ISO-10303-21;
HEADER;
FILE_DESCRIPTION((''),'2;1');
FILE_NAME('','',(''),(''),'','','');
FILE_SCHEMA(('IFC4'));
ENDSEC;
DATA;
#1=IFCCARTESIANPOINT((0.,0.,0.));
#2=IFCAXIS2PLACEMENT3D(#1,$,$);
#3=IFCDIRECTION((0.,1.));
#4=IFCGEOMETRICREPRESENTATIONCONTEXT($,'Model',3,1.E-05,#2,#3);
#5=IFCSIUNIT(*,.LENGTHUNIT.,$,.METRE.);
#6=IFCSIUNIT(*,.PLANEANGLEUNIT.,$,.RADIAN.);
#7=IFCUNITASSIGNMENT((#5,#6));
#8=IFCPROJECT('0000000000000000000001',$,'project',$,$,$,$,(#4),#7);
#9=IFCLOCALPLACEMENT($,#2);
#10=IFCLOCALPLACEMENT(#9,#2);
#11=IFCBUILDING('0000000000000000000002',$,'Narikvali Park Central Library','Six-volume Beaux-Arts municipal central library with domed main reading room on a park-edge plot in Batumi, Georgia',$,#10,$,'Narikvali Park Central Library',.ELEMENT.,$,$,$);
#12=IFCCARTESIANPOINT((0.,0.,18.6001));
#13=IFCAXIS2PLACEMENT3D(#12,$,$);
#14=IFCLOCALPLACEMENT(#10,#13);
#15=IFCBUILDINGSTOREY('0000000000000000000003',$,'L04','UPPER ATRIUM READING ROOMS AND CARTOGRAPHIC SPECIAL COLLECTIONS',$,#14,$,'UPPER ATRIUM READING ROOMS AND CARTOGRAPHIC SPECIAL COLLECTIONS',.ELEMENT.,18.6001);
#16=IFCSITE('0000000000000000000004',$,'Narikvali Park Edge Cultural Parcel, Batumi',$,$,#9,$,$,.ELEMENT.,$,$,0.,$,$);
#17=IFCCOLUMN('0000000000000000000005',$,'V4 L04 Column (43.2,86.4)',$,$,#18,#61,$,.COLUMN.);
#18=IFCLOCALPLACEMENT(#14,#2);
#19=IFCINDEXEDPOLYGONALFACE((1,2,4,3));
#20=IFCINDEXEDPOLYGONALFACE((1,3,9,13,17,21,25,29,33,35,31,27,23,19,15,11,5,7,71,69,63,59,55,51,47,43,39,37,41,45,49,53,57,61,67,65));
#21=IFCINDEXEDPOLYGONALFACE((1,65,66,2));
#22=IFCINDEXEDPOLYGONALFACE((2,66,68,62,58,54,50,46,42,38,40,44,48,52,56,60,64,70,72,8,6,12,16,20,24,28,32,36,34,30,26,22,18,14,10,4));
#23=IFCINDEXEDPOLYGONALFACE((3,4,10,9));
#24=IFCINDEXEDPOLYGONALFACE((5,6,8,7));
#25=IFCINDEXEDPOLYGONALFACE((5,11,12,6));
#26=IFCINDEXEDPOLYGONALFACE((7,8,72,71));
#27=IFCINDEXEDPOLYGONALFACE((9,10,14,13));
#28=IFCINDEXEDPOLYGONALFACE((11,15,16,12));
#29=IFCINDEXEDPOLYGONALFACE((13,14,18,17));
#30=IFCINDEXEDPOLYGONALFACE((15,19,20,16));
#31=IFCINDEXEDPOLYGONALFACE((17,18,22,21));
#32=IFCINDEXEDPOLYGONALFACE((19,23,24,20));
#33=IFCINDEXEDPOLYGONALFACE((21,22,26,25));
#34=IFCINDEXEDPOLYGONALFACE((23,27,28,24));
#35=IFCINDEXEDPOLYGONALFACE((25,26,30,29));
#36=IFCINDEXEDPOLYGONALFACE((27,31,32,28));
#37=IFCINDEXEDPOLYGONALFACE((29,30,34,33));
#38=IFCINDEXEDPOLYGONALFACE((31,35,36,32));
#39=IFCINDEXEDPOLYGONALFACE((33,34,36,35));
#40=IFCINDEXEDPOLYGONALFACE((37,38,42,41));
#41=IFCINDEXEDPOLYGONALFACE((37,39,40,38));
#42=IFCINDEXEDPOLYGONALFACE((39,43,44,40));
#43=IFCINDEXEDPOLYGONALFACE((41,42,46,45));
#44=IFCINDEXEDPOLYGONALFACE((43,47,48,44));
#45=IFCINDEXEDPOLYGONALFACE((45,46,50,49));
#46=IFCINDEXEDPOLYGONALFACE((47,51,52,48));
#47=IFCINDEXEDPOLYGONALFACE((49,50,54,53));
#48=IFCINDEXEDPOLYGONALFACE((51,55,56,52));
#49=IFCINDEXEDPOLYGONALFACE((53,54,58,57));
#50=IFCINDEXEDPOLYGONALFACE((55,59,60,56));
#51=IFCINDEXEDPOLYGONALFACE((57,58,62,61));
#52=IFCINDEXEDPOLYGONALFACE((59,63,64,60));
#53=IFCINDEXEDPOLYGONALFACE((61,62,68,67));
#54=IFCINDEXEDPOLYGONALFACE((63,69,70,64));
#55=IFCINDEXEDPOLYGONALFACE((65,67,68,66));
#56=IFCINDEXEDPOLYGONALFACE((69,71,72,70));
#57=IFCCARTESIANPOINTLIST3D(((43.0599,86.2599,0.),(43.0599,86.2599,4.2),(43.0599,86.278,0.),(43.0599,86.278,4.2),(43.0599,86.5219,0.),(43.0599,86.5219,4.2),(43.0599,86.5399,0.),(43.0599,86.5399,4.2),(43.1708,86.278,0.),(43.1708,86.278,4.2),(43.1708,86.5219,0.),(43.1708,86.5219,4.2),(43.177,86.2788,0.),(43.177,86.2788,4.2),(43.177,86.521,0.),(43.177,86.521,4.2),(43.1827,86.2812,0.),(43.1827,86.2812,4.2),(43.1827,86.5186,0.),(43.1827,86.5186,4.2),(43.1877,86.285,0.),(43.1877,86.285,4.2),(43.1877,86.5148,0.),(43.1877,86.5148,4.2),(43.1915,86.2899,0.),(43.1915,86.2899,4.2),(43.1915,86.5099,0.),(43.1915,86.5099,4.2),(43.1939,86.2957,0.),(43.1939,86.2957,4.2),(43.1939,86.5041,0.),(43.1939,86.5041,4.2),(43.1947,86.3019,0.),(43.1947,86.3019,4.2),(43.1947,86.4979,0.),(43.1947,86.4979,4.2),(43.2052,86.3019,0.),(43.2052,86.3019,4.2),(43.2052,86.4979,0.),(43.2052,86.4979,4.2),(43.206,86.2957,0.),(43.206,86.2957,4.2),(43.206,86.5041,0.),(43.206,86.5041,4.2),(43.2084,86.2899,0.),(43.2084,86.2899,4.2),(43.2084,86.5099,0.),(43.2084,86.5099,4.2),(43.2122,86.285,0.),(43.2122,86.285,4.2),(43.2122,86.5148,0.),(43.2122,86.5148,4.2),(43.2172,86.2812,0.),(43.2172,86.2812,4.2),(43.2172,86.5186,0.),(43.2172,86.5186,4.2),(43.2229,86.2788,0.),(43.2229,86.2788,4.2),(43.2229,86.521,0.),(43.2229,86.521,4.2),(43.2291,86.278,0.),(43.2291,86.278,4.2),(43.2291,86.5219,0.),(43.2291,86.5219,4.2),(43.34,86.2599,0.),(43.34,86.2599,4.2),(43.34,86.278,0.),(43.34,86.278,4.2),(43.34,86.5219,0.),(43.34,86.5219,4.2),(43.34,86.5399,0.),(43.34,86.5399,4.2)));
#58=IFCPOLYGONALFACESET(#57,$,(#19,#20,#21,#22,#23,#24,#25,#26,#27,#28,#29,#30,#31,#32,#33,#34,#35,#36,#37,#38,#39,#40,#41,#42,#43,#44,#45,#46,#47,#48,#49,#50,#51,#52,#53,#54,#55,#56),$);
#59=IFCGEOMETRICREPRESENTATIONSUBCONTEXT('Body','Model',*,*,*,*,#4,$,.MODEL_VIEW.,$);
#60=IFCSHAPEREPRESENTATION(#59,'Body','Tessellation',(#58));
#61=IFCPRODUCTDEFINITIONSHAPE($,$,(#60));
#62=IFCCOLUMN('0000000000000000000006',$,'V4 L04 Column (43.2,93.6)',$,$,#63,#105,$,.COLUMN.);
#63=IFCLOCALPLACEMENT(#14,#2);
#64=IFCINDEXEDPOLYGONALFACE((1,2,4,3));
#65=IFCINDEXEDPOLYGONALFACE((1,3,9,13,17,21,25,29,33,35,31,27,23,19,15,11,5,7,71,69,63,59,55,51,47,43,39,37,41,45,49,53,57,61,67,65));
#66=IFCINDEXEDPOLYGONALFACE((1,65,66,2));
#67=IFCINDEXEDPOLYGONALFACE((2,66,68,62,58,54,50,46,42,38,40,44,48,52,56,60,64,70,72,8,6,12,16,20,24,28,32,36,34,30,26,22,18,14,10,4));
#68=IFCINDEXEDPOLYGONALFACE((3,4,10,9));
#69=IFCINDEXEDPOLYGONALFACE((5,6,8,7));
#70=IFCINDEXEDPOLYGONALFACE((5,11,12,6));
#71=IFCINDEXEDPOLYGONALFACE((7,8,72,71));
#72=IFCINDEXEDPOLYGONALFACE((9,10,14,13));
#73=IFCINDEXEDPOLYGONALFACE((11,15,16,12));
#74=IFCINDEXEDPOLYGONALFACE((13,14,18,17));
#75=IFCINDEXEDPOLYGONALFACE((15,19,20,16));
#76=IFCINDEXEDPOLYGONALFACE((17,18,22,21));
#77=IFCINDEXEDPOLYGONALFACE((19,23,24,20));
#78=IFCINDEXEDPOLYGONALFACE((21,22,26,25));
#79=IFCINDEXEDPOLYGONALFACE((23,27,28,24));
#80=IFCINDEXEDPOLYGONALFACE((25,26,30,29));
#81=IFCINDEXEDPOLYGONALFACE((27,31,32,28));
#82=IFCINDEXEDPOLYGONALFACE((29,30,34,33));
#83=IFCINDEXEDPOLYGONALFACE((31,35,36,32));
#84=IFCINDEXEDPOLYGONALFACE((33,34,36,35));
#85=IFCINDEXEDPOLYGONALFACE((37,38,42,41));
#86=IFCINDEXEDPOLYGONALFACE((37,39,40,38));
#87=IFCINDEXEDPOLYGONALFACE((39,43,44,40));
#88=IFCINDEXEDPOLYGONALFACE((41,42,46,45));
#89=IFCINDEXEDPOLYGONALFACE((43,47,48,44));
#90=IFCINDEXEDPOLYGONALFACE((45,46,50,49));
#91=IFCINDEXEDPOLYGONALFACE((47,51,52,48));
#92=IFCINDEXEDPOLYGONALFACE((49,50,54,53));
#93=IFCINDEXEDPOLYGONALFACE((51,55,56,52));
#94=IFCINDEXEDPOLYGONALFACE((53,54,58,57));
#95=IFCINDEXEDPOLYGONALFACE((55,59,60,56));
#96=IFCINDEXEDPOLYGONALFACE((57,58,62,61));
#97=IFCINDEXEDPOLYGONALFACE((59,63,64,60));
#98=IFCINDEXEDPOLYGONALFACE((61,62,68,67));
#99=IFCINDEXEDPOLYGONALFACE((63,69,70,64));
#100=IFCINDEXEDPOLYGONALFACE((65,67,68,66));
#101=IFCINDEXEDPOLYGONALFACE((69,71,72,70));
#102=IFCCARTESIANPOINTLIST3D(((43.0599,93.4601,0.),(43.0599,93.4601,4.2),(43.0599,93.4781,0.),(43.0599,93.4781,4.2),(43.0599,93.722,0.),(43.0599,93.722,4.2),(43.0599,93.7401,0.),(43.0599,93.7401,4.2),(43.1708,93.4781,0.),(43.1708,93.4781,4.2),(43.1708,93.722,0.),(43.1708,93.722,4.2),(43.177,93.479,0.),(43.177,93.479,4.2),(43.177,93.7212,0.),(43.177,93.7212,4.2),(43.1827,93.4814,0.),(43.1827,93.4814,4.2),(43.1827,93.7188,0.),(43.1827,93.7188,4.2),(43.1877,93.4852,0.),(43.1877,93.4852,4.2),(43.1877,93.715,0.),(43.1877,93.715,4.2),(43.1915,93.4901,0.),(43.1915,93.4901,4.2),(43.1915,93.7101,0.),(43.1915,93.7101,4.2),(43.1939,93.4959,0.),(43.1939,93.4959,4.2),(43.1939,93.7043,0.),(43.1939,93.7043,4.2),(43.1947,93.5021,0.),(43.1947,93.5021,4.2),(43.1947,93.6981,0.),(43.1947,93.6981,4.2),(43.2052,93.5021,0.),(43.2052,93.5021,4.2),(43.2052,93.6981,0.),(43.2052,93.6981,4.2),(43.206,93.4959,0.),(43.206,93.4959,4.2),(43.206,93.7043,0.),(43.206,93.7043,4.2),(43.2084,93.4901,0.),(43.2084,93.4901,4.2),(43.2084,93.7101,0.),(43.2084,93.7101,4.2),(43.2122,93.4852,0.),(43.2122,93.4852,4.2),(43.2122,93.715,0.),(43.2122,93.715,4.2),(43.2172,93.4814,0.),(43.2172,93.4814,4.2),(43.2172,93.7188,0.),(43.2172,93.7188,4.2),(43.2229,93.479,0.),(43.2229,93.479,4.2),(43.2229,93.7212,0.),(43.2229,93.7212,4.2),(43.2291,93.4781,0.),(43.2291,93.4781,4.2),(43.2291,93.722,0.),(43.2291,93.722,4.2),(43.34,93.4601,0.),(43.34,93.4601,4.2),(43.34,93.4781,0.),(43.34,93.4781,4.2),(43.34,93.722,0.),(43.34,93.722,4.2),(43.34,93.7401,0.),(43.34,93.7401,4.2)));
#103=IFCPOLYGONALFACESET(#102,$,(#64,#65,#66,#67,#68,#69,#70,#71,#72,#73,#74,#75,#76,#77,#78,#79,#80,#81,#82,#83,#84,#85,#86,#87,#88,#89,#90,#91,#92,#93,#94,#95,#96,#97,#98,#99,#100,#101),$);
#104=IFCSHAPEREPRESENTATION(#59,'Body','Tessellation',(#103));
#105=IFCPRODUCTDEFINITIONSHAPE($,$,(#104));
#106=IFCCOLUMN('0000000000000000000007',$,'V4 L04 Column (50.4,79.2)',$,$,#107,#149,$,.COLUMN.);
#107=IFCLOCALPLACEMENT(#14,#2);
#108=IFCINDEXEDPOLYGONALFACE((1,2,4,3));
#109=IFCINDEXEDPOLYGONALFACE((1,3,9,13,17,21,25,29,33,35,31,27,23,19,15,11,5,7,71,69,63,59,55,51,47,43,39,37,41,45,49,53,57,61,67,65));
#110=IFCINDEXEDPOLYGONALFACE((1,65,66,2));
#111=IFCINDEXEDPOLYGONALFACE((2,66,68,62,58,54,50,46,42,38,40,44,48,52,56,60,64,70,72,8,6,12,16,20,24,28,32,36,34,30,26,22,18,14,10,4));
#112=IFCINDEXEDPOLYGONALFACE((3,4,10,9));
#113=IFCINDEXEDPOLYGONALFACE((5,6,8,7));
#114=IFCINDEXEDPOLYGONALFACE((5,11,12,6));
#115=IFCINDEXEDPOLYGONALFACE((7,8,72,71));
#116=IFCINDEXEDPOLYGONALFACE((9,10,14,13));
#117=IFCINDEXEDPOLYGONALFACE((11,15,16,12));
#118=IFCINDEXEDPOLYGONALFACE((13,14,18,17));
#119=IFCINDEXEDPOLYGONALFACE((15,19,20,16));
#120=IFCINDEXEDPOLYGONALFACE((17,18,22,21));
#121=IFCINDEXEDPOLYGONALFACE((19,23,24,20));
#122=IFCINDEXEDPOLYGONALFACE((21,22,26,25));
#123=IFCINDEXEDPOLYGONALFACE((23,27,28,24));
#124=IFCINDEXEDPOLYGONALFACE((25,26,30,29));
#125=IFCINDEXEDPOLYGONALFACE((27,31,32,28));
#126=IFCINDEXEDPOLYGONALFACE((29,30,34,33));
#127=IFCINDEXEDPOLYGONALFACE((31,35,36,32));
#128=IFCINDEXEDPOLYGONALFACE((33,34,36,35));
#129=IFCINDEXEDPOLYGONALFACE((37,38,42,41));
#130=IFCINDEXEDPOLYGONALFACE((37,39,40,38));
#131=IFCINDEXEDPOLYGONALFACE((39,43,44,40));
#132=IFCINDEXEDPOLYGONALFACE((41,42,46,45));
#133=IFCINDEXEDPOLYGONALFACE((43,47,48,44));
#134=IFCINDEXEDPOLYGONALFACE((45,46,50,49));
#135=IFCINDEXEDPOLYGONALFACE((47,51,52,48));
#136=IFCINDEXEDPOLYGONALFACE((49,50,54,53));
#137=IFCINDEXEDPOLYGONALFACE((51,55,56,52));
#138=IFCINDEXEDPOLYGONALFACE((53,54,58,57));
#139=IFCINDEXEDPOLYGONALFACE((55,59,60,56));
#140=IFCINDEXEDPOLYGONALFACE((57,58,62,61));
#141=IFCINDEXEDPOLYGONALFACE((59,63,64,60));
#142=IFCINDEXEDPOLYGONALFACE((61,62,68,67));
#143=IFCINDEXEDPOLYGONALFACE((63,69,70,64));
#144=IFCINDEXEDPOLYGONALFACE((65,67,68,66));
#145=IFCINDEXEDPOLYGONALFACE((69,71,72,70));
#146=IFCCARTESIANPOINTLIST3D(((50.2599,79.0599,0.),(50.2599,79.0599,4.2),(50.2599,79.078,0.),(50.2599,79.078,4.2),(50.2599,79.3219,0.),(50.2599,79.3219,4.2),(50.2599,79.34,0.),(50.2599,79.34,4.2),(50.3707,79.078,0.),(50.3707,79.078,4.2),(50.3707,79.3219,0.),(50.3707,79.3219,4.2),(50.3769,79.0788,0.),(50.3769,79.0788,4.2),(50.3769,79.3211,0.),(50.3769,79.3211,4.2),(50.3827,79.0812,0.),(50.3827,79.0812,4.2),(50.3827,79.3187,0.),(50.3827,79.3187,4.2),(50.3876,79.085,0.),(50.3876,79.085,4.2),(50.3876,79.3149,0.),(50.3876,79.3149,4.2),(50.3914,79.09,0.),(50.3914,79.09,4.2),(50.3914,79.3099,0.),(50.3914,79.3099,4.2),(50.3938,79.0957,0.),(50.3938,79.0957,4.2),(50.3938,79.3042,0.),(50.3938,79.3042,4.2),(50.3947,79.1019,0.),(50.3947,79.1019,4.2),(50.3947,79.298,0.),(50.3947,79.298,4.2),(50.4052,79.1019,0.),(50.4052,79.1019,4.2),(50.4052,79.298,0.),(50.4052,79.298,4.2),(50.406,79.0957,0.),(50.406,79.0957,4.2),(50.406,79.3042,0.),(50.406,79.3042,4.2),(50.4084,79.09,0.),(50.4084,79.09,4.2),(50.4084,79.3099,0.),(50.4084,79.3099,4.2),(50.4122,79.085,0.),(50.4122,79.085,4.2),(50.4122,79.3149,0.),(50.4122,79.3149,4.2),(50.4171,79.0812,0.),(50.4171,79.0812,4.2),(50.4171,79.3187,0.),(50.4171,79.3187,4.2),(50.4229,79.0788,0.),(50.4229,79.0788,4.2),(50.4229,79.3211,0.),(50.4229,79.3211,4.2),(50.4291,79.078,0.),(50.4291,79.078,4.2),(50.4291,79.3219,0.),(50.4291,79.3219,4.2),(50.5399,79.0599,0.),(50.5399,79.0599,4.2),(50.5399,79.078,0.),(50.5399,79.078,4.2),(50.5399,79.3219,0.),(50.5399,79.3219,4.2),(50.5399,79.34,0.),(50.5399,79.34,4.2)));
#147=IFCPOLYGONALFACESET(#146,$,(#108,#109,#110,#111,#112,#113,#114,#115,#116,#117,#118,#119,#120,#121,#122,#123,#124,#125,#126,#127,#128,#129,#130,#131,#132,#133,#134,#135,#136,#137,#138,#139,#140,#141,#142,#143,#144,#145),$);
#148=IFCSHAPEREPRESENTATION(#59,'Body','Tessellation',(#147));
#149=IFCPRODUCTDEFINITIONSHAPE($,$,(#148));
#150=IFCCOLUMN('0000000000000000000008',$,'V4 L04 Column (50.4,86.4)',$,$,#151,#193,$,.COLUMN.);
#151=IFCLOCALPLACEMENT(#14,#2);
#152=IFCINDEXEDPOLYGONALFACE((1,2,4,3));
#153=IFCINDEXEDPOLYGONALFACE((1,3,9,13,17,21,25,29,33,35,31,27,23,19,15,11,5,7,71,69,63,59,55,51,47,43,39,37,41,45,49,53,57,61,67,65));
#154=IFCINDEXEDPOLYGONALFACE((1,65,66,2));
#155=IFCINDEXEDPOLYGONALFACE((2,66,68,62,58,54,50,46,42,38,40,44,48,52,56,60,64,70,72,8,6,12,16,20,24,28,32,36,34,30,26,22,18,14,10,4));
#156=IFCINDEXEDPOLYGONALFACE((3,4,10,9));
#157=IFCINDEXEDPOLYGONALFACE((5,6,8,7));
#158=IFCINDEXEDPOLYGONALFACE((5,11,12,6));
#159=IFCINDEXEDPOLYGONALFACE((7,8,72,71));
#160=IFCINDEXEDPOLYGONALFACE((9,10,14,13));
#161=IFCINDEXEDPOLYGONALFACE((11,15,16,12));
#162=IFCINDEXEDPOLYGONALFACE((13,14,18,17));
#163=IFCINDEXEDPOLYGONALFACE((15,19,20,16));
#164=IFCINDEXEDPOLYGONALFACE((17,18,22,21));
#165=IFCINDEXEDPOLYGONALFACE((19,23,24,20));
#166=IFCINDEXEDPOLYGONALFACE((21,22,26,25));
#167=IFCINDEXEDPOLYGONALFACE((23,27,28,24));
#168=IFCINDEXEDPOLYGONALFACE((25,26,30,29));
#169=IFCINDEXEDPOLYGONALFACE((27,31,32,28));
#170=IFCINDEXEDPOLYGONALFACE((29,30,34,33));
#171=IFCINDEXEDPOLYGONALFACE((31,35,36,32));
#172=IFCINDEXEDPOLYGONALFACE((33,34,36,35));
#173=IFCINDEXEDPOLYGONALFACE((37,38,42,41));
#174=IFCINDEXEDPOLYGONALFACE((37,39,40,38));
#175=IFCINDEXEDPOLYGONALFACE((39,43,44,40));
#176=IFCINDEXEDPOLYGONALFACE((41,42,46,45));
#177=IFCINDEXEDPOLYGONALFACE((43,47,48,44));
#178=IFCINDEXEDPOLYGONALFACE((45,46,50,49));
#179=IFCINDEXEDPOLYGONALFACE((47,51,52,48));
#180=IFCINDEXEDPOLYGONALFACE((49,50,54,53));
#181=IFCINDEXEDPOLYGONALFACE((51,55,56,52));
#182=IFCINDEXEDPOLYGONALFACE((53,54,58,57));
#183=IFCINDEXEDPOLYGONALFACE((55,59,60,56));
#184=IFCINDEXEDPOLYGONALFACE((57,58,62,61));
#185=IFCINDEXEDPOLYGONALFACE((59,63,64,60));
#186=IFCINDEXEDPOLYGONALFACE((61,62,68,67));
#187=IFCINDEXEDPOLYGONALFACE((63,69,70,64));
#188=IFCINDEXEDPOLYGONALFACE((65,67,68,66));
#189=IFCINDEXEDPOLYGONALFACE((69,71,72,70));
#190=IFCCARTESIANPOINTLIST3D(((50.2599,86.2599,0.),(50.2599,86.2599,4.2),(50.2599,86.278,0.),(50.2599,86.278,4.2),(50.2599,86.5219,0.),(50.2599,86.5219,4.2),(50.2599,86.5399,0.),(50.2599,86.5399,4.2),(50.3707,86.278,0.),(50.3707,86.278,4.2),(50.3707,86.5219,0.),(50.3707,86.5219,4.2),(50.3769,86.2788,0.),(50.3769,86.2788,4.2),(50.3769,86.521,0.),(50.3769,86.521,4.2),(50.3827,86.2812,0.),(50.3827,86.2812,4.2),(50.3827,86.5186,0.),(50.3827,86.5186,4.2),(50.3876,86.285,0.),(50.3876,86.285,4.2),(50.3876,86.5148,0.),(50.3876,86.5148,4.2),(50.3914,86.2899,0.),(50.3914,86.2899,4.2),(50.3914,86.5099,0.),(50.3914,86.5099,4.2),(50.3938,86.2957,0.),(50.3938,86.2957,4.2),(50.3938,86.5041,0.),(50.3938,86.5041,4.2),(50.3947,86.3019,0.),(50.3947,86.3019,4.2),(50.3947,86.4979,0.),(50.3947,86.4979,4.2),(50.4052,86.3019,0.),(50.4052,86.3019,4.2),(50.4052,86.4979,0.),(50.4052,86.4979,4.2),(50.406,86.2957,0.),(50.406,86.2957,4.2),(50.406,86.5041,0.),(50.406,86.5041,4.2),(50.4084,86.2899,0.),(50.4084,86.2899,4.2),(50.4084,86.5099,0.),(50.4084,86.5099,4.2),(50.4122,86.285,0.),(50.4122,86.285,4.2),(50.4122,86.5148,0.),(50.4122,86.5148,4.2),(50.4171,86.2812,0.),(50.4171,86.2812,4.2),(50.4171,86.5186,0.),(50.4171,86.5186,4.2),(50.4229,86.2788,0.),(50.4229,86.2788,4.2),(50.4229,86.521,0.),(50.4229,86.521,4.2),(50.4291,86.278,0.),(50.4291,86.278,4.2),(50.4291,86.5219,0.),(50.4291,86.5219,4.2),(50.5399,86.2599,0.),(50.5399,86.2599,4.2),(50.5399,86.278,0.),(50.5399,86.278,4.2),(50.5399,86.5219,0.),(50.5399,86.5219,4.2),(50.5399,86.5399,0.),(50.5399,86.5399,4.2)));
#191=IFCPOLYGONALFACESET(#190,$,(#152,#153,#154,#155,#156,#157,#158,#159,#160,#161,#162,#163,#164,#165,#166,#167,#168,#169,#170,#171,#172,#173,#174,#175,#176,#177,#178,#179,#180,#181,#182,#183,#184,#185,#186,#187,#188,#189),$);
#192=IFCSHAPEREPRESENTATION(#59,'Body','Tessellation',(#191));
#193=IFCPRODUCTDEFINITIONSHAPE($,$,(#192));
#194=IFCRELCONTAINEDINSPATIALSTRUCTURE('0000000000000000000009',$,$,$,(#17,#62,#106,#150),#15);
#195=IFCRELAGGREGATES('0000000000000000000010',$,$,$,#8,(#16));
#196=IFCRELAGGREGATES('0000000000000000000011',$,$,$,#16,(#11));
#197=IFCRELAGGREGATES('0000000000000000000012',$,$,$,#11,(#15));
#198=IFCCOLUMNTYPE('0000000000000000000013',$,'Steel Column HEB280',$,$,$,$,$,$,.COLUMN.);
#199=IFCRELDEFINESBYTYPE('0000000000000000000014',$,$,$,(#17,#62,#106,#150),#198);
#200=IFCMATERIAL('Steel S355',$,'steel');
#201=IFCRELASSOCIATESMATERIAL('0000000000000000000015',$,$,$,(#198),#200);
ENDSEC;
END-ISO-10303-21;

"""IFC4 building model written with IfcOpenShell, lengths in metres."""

from ifc_helpers import new_model, si_unit, direction, frame, origin, origin_2d, place, context, subcontext, project, spatial, i_section, extrude, material, material_profile, profile_set, type_object, element, save


model = new_model("IFC4")

# Units and contexts
model_context = context("Model", 3, precision=1e-05, world=origin(), true_north=direction((0.0, 1.0)))
body_context = subcontext(model_context, "Body", "Model", "MODEL_VIEW")
ifc_project = project(units=[si_unit("LENGTHUNIT", "METRE"), si_unit("PLANEANGLEUNIT", "RADIAN")], contexts=[model_context])

# Site, building, storey
site_placement = place(None, origin())
site = spatial("IfcSite", under=ifc_project, at=site_placement, Name="Narikvali Park Edge Cultural Parcel, Batumi", CompositionType="ELEMENT", RefElevation=0.0)
building_placement = place(site_placement, origin())
building = spatial("IfcBuilding", under=site, at=building_placement, Name="Narikvali Park Central Library", Description="Six-volume Beaux-Arts municipal central library with domed main reading room on a park-edge plot in Batumi, Georgia", LongName="Narikvali Park Central Library", CompositionType="ELEMENT")
storey_placement = place(building_placement, frame((0.0, 0.0, 18.6001)))
storey = spatial("IfcBuildingStorey", under=building, at=storey_placement, Name="L04", Description="UPPER ATRIUM READING ROOMS AND CARTOGRAPHIC SPECIAL COLLECTIONS", LongName="UPPER ATRIUM READING ROOMS AND CARTOGRAPHIC SPECIAL COLLECTIONS", CompositionType="ELEMENT", Elevation=18.6001)

# Columns
ifc_material_1 = material(Name="Steel S355", Category="steel")
ifc_material_profile_1 = material_profile(ifc_material_1, i_section(OverallWidth=0.28, OverallDepth=0.28, WebThickness=0.0105, FlangeThickness=0.0181, FilletRadius=0.0239, at=origin_2d()), Name="HEB 280")
ifc_profile_set_1 = profile_set([ifc_material_profile_1], Name="Steel S355")
column_type = type_object("IfcColumnType", Name="Steel Column HEB280", PredefinedType="COLUMN", material=ifc_profile_set_1)
for number, where, z_axis, x_axis, name in (
    (1, (43.2, 86.3999, 0.0), (0.0, 0.0, 1.0), (1.0, 0.0, 0.0), "V4 L04 Column (43.2,86.4)"),
    (2, (43.2, 93.6001, 0.0), (0.0, 0.0, 1.0), (1.0, 0.0, 0.0), "V4 L04 Column (43.2,93.6)"),
    (3, (50.3999, 79.2, 0.0), (0.0, 0.0, 1.0), (1.0, 0.0, 0.0), "V4 L04 Column (50.4,79.2)"),
    (4, (50.3999, 86.3999, 0.0), (0.0, 0.0, 1.0), (1.0, 0.0, 0.0), "V4 L04 Column (50.4,86.4)"),
):
    element("IfcColumn", number, at=place(storey_placement, frame(where, z_axis=z_axis, x_axis=x_axis)), inside=storey, type_object=column_type, Name=name, PredefinedType="COLUMN", context=body_context, shape_type="SweptSolid", body=[
        extrude(i_section(OverallWidth=0.28, OverallDepth=0.28, WebThickness=0.0105, FlangeThickness=0.0181, FilletRadius=0.0239, at=origin_2d()), origin(), (0.0, 0.0, 1.0), 4.2),
    ])

save(model, "model.ifc")
